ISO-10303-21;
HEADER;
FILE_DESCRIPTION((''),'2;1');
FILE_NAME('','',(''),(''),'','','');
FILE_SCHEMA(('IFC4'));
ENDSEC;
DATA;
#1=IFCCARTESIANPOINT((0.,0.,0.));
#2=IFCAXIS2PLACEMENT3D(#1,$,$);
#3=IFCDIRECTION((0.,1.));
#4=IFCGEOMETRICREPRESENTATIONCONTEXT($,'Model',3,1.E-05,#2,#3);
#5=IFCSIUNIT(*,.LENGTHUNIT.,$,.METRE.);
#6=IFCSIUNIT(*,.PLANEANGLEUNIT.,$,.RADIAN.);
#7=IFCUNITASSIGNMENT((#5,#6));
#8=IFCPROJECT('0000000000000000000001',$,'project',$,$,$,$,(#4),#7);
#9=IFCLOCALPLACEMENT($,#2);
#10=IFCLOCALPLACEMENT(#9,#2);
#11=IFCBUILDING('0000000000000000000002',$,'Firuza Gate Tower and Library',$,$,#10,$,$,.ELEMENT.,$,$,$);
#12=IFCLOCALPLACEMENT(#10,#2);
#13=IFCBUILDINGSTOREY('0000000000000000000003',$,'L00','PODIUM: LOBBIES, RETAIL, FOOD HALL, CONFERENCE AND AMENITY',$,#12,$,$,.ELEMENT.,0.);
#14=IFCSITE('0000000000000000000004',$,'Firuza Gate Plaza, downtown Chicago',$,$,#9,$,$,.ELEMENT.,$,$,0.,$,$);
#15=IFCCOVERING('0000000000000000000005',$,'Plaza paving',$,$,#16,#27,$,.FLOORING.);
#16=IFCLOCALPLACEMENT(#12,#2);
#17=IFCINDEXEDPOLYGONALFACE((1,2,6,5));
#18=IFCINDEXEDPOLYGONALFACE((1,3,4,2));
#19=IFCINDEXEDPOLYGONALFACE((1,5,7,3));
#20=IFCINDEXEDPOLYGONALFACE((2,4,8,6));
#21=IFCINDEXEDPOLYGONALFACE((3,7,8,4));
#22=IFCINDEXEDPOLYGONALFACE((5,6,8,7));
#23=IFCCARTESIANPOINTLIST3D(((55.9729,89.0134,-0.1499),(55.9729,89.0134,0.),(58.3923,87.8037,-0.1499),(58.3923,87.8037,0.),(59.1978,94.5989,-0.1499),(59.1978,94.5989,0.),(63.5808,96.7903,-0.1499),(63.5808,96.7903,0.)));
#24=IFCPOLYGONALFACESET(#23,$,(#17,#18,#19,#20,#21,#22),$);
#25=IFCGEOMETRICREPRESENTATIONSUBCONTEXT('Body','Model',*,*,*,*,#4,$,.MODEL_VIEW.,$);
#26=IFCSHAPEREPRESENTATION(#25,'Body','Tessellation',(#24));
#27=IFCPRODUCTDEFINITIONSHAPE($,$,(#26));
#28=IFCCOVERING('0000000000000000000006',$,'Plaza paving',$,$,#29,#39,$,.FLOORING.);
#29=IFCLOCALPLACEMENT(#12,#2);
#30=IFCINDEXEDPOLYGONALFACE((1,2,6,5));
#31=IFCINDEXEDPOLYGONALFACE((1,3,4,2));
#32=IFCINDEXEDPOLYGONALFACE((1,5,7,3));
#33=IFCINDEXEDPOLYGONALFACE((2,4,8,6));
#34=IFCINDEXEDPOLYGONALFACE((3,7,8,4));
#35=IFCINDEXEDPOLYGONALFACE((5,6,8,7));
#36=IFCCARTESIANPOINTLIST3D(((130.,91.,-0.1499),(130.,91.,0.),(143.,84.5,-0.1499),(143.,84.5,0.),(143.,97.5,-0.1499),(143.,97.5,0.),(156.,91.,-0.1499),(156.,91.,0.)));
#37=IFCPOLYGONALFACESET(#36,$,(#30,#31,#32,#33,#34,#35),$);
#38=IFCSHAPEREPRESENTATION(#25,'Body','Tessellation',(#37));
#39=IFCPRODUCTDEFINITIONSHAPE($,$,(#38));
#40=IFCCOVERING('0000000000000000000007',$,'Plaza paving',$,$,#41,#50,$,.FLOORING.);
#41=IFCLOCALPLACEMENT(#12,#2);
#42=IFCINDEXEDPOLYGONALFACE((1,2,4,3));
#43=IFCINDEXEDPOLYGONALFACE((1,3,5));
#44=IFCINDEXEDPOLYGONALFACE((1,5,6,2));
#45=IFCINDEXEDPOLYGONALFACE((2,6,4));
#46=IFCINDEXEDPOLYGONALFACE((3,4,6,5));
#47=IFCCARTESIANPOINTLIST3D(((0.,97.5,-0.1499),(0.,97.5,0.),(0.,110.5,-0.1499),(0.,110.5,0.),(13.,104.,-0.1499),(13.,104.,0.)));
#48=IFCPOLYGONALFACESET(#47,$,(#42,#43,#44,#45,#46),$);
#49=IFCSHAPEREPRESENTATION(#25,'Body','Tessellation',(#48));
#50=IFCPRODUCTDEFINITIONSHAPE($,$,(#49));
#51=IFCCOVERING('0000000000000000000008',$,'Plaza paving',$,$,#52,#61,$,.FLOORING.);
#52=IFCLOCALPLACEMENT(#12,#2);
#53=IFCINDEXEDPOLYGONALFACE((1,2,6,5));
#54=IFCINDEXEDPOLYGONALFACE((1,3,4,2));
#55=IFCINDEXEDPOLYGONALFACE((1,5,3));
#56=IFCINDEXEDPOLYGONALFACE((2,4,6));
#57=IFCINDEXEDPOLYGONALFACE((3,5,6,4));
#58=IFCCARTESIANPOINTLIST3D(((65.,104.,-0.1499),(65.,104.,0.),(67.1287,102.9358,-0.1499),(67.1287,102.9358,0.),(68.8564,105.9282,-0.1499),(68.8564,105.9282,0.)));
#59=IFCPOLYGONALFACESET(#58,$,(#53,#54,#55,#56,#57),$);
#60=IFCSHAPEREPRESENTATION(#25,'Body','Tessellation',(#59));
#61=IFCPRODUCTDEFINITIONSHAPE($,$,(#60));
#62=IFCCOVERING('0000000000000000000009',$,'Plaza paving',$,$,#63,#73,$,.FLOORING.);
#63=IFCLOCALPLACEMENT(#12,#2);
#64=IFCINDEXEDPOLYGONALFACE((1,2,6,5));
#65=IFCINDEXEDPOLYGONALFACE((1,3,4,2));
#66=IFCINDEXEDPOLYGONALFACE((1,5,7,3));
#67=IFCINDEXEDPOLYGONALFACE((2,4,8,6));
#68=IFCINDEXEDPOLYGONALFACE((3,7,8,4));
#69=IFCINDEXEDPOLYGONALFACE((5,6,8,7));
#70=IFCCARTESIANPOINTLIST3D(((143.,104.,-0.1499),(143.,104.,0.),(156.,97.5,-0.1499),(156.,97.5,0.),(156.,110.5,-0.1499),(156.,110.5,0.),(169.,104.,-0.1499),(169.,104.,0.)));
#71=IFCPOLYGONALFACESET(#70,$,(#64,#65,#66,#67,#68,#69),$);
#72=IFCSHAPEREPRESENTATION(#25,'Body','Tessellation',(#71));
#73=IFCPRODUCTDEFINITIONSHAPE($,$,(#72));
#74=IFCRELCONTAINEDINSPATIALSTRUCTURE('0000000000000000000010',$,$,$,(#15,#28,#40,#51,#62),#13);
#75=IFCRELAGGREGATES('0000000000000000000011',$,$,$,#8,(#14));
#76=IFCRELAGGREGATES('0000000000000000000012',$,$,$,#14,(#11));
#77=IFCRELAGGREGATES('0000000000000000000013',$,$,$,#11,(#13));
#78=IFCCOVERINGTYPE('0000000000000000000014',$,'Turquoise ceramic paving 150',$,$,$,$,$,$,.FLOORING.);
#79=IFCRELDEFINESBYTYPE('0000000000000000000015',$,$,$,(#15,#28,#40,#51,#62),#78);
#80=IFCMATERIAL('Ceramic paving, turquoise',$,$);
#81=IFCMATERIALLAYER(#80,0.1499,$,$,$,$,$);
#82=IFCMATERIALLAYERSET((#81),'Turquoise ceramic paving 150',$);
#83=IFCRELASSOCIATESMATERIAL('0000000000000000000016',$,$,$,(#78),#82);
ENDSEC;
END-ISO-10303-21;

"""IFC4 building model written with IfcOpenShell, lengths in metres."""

from ifc_helpers import new_model, si_unit, direction, frame, origin, place, context, subcontext, project, spatial, polyline, outline, extrude, material, layer, layer_set, type_object, element, save


model = new_model("IFC4")

# Units and contexts
model_context = context("Model", 3, precision=1e-05, world=origin(), true_north=direction((0.0, 1.0)))
body_context = subcontext(model_context, "Body", "Model", "MODEL_VIEW")
ifc_project = project(units=[si_unit("LENGTHUNIT", "METRE"), si_unit("PLANEANGLEUNIT", "RADIAN")], contexts=[model_context])

# Site, building, storey
site_placement = place(None, origin())
site = spatial("IfcSite", under=ifc_project, at=site_placement, Name="Firuza Gate Plaza, downtown Chicago", CompositionType="ELEMENT", RefElevation=0.0)
building_placement = place(site_placement, origin())
building = spatial("IfcBuilding", under=site, at=building_placement, Name="Firuza Gate Tower and Library", CompositionType="ELEMENT")
storey_placement = place(building_placement, origin())
storey = spatial("IfcBuildingStorey", under=building, at=storey_placement, Name="L00", Description="PODIUM: LOBBIES, RETAIL, FOOD HALL, CONFERENCE AND AMENITY", CompositionType="ELEMENT", Elevation=0.0)

# Coverings
placement = place(storey_placement, frame((0.0, 0.0, -0.1499)))
ifc_material_1 = material(Name="Ceramic paving, turquoise")
ifc_layer_1 = layer(ifc_material_1, 0.1499)
ifc_layer_set_1 = layer_set([ifc_layer_1], Name="Turquoise ceramic paving 150")
covering_type_1 = type_object("IfcCoveringType", Name="Turquoise ceramic paving 150", PredefinedType="FLOORING", material=ifc_layer_set_1)
element("IfcCovering", 1, at=placement, inside=storey, type_object=covering_type_1, Name="Plaza paving", PredefinedType="FLOORING", context=body_context, shape_type="SweptSolid", body=[
    extrude(outline(polyline([(55.9729, 89.0134), (59.1978, 94.5989), (63.5808, 96.7903), (58.3923, 87.8037), (55.9729, 89.0134)])), origin(), (0.0, 0.0, 1.0), 0.1499),
])
element("IfcCovering", 2, at=placement, inside=storey, type_object=covering_type_1, Name="Plaza paving", PredefinedType="FLOORING", context=body_context, shape_type="SweptSolid", body=[
    extrude(outline(polyline([(143.0, 97.5), (156.0, 91.0), (143.0, 84.5), (130.0, 91.0), (143.0, 97.5)])), origin(), (0.0, 0.0, 1.0), 0.1499),
])
element("IfcCovering", 3, at=placement, inside=storey, type_object=covering_type_1, Name="Plaza paving", PredefinedType="FLOORING", context=body_context, shape_type="SweptSolid", body=[
    extrude(outline(polyline([(13.0, 104.0), (0.0, 97.5), (0.0, 110.5), (13.0, 104.0)])), origin(), (0.0, 0.0, 1.0), 0.1499),
])
element("IfcCovering", 4, at=placement, inside=storey, type_object=covering_type_1, Name="Plaza paving", PredefinedType="FLOORING", context=body_context, shape_type="SweptSolid", body=[
    extrude(outline(polyline([(65.0, 104.0), (68.8564, 105.9282), (67.1287, 102.9358), (65.0, 104.0)])), origin(), (0.0, 0.0, 1.0), 0.1499),
])
element("IfcCovering", 5, at=placement, inside=storey, type_object=covering_type_1, Name="Plaza paving", PredefinedType="FLOORING", context=body_context, shape_type="SweptSolid", body=[
    extrude(outline(polyline([(156.0, 110.5), (169.0, 104.0), (156.0, 97.5), (143.0, 104.0), (156.0, 110.5)])), origin(), (0.0, 0.0, 1.0), 0.1499),
])

save(model, "model.ifc")
